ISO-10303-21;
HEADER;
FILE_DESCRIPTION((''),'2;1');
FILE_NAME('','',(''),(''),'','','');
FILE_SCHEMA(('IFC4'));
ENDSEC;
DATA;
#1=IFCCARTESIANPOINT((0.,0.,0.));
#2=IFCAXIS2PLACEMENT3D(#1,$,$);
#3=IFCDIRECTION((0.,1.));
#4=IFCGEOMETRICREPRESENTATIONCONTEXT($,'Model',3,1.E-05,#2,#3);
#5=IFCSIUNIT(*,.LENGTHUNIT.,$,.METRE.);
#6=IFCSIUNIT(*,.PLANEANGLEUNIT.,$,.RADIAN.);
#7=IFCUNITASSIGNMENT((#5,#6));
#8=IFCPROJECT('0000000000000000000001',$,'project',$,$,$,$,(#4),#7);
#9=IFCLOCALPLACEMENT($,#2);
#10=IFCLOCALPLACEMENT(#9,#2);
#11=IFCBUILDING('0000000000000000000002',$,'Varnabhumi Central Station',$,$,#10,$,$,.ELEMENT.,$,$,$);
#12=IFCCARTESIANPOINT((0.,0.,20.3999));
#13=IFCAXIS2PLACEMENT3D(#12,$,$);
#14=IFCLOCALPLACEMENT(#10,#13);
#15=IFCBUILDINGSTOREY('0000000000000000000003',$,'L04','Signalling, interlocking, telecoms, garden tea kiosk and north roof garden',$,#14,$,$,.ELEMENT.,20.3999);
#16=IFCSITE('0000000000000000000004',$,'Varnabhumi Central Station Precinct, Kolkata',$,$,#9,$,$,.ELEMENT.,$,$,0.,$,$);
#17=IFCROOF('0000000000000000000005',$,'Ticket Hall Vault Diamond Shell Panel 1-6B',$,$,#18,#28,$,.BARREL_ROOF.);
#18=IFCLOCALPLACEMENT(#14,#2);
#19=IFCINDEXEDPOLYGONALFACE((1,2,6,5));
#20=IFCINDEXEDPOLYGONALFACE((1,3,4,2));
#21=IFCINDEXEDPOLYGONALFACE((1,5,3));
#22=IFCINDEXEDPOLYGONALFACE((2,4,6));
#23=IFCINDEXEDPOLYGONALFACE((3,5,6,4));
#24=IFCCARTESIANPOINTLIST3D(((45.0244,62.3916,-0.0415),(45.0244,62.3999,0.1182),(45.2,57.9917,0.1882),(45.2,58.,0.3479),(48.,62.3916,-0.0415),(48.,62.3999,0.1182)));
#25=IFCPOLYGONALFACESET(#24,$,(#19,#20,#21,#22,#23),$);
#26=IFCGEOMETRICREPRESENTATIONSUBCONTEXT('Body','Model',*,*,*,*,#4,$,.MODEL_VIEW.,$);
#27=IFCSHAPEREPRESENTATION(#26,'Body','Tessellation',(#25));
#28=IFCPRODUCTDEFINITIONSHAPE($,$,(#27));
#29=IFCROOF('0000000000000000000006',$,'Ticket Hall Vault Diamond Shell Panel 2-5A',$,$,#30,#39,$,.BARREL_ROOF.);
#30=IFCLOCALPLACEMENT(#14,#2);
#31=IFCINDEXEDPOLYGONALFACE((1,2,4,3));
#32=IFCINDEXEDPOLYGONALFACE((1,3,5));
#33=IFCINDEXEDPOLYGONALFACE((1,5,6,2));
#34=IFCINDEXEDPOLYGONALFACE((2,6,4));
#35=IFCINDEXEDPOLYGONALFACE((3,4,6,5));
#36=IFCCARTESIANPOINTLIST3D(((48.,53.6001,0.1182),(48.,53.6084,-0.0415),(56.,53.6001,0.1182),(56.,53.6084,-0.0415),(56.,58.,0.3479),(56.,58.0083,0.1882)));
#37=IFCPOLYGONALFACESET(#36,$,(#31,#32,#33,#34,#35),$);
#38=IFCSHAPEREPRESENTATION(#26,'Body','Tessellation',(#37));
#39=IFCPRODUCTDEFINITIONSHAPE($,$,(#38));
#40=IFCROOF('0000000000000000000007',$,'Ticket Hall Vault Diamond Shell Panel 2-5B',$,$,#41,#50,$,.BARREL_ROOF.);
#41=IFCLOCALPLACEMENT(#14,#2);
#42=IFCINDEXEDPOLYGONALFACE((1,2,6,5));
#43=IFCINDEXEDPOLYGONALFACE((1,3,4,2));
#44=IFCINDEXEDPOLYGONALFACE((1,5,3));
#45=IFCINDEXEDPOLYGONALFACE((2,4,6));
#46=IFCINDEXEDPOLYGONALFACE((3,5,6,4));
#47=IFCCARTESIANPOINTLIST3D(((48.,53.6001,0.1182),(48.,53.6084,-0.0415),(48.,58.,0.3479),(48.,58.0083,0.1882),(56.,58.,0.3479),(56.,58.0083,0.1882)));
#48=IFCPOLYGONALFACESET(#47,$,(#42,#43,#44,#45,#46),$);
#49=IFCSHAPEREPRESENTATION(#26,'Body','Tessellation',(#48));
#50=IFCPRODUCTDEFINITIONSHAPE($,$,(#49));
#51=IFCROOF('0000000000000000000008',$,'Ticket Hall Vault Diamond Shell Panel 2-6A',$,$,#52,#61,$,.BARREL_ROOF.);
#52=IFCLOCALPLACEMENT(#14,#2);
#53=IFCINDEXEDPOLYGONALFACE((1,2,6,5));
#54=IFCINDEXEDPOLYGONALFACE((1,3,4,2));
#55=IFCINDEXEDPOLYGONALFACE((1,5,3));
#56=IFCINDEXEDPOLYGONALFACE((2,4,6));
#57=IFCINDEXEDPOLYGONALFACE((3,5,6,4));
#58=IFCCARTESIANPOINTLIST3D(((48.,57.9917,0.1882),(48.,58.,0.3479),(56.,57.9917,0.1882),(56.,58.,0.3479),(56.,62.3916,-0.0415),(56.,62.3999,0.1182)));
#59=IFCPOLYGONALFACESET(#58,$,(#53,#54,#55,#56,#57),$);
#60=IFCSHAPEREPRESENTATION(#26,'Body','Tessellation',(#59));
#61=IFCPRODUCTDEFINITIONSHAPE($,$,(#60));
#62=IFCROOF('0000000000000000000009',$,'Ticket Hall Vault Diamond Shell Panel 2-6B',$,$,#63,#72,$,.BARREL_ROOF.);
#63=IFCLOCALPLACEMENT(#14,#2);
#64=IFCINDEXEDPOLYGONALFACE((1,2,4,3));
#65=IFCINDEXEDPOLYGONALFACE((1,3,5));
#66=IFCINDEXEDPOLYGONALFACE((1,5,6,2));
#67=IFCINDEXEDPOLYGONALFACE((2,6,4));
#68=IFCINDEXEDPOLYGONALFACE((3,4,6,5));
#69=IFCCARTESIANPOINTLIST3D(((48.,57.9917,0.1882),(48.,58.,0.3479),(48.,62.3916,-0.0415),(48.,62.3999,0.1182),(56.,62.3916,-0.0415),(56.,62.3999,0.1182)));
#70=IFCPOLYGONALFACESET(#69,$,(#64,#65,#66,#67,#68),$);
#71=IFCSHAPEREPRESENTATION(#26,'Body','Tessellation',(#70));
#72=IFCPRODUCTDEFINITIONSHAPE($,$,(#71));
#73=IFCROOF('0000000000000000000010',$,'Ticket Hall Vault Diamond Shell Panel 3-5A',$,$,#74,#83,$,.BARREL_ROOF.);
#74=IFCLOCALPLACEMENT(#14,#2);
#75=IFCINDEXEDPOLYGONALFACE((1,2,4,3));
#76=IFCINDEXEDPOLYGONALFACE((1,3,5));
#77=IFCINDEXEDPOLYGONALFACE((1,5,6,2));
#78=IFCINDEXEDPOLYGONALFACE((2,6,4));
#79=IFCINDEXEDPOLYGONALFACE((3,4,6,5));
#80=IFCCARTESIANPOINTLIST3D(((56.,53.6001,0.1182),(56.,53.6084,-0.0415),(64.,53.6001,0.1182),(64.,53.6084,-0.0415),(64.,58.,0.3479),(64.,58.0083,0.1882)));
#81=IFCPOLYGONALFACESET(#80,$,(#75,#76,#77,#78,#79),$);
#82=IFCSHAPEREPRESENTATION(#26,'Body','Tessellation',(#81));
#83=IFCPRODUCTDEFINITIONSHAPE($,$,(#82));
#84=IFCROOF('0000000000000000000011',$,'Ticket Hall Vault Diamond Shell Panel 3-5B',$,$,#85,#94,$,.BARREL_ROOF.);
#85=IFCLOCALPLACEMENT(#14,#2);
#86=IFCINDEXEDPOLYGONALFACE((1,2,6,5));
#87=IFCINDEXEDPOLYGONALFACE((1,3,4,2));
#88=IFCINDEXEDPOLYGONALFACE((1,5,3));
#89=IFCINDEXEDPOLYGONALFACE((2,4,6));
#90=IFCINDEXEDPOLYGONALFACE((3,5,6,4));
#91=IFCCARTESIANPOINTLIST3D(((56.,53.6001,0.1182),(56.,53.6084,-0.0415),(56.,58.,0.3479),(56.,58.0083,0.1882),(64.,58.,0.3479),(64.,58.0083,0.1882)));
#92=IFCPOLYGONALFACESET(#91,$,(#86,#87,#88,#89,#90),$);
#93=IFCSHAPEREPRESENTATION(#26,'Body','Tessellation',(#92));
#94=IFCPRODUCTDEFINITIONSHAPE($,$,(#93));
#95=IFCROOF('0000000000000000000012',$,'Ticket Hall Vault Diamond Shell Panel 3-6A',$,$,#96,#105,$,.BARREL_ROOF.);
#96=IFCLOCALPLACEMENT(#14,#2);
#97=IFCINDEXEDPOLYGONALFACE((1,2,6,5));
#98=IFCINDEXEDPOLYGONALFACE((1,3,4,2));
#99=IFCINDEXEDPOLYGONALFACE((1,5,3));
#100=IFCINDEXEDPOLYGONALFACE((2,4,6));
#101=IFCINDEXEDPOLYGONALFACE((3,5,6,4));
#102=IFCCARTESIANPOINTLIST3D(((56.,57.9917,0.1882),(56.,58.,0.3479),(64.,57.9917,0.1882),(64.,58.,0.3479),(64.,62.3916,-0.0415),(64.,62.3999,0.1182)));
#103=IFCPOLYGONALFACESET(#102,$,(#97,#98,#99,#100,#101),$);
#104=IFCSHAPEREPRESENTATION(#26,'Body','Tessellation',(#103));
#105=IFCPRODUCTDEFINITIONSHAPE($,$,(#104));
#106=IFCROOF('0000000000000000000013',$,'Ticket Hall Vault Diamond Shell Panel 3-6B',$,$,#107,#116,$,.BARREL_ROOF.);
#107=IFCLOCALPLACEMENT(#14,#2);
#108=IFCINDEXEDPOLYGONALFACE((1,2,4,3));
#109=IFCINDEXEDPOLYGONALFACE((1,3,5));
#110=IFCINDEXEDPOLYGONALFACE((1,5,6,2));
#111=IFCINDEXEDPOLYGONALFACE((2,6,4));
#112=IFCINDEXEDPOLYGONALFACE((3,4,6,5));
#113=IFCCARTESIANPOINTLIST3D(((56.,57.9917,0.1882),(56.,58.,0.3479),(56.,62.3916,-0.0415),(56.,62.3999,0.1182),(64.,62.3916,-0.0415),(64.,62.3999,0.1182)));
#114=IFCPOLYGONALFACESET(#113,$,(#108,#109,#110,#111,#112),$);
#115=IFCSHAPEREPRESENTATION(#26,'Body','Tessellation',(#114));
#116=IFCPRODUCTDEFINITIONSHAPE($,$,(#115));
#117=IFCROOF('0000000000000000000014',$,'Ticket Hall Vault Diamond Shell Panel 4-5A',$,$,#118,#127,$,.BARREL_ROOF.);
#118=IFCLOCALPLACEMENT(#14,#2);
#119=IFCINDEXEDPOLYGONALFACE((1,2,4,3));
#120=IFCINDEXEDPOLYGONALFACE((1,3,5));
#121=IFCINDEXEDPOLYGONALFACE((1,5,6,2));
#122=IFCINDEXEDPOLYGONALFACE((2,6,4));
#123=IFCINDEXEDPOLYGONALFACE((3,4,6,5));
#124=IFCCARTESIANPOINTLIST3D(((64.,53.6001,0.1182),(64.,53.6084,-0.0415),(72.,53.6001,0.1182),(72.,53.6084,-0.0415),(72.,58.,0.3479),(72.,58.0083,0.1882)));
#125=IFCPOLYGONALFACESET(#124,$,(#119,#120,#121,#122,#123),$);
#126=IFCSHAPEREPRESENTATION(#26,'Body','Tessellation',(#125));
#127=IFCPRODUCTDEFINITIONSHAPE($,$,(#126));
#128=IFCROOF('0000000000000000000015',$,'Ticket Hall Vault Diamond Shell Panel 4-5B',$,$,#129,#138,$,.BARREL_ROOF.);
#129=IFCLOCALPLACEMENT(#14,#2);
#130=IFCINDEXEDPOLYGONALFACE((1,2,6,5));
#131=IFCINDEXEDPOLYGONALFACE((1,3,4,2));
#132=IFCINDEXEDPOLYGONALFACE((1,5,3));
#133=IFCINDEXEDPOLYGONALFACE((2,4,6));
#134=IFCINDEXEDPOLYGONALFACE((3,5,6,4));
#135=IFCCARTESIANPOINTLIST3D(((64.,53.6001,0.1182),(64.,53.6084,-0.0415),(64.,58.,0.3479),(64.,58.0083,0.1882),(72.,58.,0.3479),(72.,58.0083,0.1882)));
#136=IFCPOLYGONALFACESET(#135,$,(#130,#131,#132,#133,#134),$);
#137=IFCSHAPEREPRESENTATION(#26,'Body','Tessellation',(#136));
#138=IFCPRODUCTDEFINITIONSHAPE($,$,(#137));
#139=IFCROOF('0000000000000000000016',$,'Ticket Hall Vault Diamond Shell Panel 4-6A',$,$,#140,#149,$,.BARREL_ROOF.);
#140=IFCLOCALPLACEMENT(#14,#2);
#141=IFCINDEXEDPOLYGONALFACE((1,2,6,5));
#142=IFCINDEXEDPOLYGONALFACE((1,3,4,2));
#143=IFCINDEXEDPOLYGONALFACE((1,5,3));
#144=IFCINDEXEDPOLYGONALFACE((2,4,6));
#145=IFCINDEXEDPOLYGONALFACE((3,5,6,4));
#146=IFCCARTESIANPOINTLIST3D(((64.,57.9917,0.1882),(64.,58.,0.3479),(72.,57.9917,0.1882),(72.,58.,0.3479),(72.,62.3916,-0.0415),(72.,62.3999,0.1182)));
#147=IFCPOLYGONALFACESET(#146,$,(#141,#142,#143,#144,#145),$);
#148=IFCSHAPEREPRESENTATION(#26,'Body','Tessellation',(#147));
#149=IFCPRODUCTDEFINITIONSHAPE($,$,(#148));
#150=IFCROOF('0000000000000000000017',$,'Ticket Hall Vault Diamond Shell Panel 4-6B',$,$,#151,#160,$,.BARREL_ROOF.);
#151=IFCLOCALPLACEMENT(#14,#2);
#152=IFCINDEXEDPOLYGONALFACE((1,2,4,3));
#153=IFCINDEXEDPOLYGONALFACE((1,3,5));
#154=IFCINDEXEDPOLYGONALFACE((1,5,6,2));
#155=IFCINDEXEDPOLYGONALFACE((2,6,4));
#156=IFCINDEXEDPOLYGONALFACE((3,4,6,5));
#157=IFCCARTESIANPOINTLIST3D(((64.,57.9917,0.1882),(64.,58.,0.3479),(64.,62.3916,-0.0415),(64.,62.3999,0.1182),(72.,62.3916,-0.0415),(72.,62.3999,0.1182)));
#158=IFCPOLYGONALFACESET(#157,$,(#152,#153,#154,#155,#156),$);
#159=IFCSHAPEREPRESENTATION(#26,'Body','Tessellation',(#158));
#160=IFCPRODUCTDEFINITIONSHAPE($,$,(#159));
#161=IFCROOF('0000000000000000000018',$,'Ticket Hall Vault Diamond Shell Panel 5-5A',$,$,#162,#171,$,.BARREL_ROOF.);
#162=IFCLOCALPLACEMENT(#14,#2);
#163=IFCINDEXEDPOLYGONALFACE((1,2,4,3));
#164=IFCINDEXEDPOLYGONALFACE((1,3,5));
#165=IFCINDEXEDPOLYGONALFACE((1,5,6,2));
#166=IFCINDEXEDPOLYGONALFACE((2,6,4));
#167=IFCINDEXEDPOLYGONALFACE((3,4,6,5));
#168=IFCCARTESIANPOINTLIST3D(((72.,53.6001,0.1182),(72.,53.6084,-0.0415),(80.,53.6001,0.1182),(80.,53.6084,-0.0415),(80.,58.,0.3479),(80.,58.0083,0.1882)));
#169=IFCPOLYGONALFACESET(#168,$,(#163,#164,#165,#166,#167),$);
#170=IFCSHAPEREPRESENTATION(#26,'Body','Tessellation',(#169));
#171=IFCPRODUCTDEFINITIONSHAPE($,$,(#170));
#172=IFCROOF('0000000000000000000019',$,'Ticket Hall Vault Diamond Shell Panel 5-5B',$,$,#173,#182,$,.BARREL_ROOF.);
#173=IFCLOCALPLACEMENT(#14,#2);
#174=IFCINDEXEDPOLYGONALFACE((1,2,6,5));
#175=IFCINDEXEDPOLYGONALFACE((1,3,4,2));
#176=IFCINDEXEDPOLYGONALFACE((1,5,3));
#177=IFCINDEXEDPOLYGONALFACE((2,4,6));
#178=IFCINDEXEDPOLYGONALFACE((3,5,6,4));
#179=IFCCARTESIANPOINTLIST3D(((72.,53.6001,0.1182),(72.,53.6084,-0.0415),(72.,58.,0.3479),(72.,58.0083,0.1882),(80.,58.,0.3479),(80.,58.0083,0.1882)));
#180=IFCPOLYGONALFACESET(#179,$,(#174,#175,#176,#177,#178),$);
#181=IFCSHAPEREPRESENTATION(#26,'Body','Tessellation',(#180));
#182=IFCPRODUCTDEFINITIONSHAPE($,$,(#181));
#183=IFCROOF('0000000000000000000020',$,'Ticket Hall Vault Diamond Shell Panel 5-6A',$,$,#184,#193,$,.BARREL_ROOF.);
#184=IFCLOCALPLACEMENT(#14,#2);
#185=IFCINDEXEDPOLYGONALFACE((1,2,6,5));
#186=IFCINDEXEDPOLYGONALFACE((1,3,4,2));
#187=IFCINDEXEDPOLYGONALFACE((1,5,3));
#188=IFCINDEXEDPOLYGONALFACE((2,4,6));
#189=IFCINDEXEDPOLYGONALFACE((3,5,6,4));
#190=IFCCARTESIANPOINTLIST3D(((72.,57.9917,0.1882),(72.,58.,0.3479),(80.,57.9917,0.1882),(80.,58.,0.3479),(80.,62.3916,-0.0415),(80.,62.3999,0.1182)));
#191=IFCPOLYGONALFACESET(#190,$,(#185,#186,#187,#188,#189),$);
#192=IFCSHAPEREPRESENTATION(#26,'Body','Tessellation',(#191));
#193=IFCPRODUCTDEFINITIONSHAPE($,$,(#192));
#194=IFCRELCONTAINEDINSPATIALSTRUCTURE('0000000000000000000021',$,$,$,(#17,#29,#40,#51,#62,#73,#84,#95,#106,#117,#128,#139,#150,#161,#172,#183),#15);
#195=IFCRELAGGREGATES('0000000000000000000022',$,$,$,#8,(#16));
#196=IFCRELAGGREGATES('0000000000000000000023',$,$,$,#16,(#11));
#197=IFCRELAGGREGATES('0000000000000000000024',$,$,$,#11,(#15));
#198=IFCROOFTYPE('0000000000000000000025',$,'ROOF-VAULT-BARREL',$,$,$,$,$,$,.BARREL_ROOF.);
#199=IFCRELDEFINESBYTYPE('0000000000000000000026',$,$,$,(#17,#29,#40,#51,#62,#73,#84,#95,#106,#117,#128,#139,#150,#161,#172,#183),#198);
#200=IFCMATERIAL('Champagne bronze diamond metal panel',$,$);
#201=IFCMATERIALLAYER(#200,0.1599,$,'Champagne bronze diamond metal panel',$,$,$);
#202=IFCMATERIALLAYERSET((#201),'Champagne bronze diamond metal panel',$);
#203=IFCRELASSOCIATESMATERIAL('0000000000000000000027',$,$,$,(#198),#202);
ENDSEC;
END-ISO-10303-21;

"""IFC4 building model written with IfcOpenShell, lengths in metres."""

from ifc_helpers import new_model, si_unit, direction, frame, origin, place, context, subcontext, project, spatial, polyline, outline, extrude, material, layer, layer_set, type_object, element, save


model = new_model("IFC4")

# Units and contexts
model_context = context("Model", 3, precision=1e-05, world=origin(), true_north=direction((0.0, 1.0)))
body_context = subcontext(model_context, "Body", "Model", "MODEL_VIEW")
ifc_project = project(units=[si_unit("LENGTHUNIT", "METRE"), si_unit("PLANEANGLEUNIT", "RADIAN")], contexts=[model_context])

# Site, building, storey
site_placement = place(None, origin())
site = spatial("IfcSite", under=ifc_project, at=site_placement, Name="Varnabhumi Central Station Precinct, Kolkata", CompositionType="ELEMENT", RefElevation=0.0)
building_placement = place(site_placement, origin())
building = spatial("IfcBuilding", under=site, at=building_placement, Name="Varnabhumi Central Station", CompositionType="ELEMENT")
storey_placement = place(building_placement, frame((0.0, 0.0, 20.3999)))
storey = spatial("IfcBuildingStorey", under=building, at=storey_placement, Name="L04", Description="Signalling, interlocking, telecoms, garden tea kiosk and north roof garden", CompositionType="ELEMENT", Elevation=20.3999)

# Roofs
ifc_material_1 = material(Name="Champagne bronze diamond metal panel")
ifc_layer_1 = layer(ifc_material_1, 0.1599, Name="Champagne bronze diamond metal panel")
ifc_layer_set_1 = layer_set([ifc_layer_1], Name="Champagne bronze diamond metal panel")
roof_type_1 = type_object("IfcRoofType", Name="ROOF-VAULT-BARREL", PredefinedType="BARREL_ROOF", material=ifc_layer_set_1)
roof_1_placement = place(storey_placement, frame((45.2, 58.0, 0.3479), z_axis=(0.0, 0.052143, 0.99864), x_axis=(0.53637, 0.842835, -0.044008)))
element("IfcRoof", 1, at=roof_1_placement, inside=storey, type_object=roof_type_1, Name="Ticket Hall Vault Diamond Shell Panel 1-6B", PredefinedType="BARREL_ROOF", context=body_context, shape_type="SweptSolid", body=[
    extrude(outline(polyline([(0.0, 0.0), (5.2204, 0.0), (3.6243, 2.5113), (0.0, 0.0)])), origin(), (0.0, 0.0, -1.0), 0.1599),
])
roof_2_placement = place(storey_placement, frame((48.0, 53.6001, 0.1182), z_axis=(0.0, -0.052143, 0.99864), x_axis=(1.0, 0.0, 0.0)))
element("IfcRoof", 2, at=roof_2_placement, inside=storey, type_object=roof_type_1, Name="Ticket Hall Vault Diamond Shell Panel 2-5A", PredefinedType="BARREL_ROOF", context=body_context, shape_type="SweptSolid", body=[
    extrude(outline(polyline([(0.0, 0.0), (8.0, 0.0), (8.0, 4.4059), (0.0, 0.0)])), origin(), (0.0, 0.0, -1.0), 0.1599),
])
roof_3_placement = place(storey_placement, frame((48.0, 53.6001, 0.1182), z_axis=(0.0, -0.052143, 0.99864), x_axis=(0.875943, 0.481758, 0.025154)))
element("IfcRoof", 3, at=roof_3_placement, inside=storey, type_object=roof_type_1, Name="Ticket Hall Vault Diamond Shell Panel 2-5B", PredefinedType="BARREL_ROOF", context=body_context, shape_type="SweptSolid", body=[
    extrude(outline(polyline([(0.0, 0.0), (9.133, 0.0), (2.1255, 3.8593), (0.0, 0.0)])), origin(), (0.0, 0.0, -1.0), 0.1599),
])
roof_4_placement = place(storey_placement, frame((48.0, 58.0, 0.3479), z_axis=(0.0, 0.052143, 0.99864), x_axis=(1.0, 0.0, 0.0)))
element("IfcRoof", 4, at=roof_4_placement, inside=storey, type_object=roof_type_1, Name="Ticket Hall Vault Diamond Shell Panel 2-6A", PredefinedType="BARREL_ROOF", context=body_context, shape_type="SweptSolid", body=[
    extrude(outline(polyline([(0.0, 0.0), (8.0, 0.0), (8.0, 4.4059), (0.0, 0.0)])), origin(), (0.0, 0.0, -1.0), 0.1599),
])
roof_5_placement = place(storey_placement, frame((48.0, 58.0, 0.3479), z_axis=(0.0, 0.052143, 0.99864), x_axis=(0.875943, 0.481758, -0.025154)))
element("IfcRoof", 5, at=roof_5_placement, inside=storey, type_object=roof_type_1, Name="Ticket Hall Vault Diamond Shell Panel 2-6B", PredefinedType="BARREL_ROOF", context=body_context, shape_type="SweptSolid", body=[
    extrude(outline(polyline([(0.0, 0.0), (9.133, 0.0), (2.1255, 3.8593), (0.0, 0.0)])), origin(), (0.0, 0.0, -1.0), 0.1599),
])
roof_6_placement = place(storey_placement, frame((56.0, 53.6001, 0.1182), z_axis=(0.0, -0.052143, 0.99864), x_axis=(1.0, 0.0, 0.0)))
element("IfcRoof", 6, at=roof_6_placement, inside=storey, type_object=roof_type_1, Name="Ticket Hall Vault Diamond Shell Panel 3-5A", PredefinedType="BARREL_ROOF", context=body_context, shape_type="SweptSolid", body=[
    extrude(outline(polyline([(0.0, 0.0), (8.0, 0.0), (8.0, 4.4059), (0.0, 0.0)])), origin(), (0.0, 0.0, -1.0), 0.1599),
])
roof_7_placement = place(storey_placement, frame((56.0, 53.6001, 0.1182), z_axis=(0.0, -0.052143, 0.99864), x_axis=(0.875943, 0.481758, 0.025154)))
element("IfcRoof", 7, at=roof_7_placement, inside=storey, type_object=roof_type_1, Name="Ticket Hall Vault Diamond Shell Panel 3-5B", PredefinedType="BARREL_ROOF", context=body_context, shape_type="SweptSolid", body=[
    extrude(outline(polyline([(0.0, 0.0), (9.133, 0.0), (2.1255, 3.8593), (0.0, 0.0)])), origin(), (0.0, 0.0, -1.0), 0.1599),
])
roof_8_placement = place(storey_placement, frame((56.0, 58.0, 0.3479), z_axis=(0.0, 0.052143, 0.99864), x_axis=(1.0, 0.0, 0.0)))
element("IfcRoof", 8, at=roof_8_placement, inside=storey, type_object=roof_type_1, Name="Ticket Hall Vault Diamond Shell Panel 3-6A", PredefinedType="BARREL_ROOF", context=body_context, shape_type="SweptSolid", body=[
    extrude(outline(polyline([(0.0, 0.0), (8.0, 0.0), (8.0, 4.4059), (0.0, 0.0)])), origin(), (0.0, 0.0, -1.0), 0.1599),
])
roof_9_placement = place(storey_placement, frame((56.0, 58.0, 0.3479), z_axis=(0.0, 0.052143, 0.99864), x_axis=(0.875943, 0.481758, -0.025154)))
element("IfcRoof", 9, at=roof_9_placement, inside=storey, type_object=roof_type_1, Name="Ticket Hall Vault Diamond Shell Panel 3-6B", PredefinedType="BARREL_ROOF", context=body_context, shape_type="SweptSolid", body=[
    extrude(outline(polyline([(0.0, 0.0), (9.133, 0.0), (2.1255, 3.8593), (0.0, 0.0)])), origin(), (0.0, 0.0, -1.0), 0.1599),
])
roof_10_placement = place(storey_placement, frame((64.0, 53.6001, 0.1182), z_axis=(0.0, -0.052143, 0.99864), x_axis=(1.0, 0.0, 0.0)))
element("IfcRoof", 10, at=roof_10_placement, inside=storey, type_object=roof_type_1, Name="Ticket Hall Vault Diamond Shell Panel 4-5A", PredefinedType="BARREL_ROOF", context=body_context, shape_type="SweptSolid", body=[
    extrude(outline(polyline([(0.0, 0.0), (8.0, 0.0), (8.0, 4.4059), (0.0, 0.0)])), origin(), (0.0, 0.0, -1.0), 0.1599),
])
roof_11_placement = place(storey_placement, frame((64.0, 53.6001, 0.1182), z_axis=(0.0, -0.052143, 0.99864), x_axis=(0.875943, 0.481758, 0.025154)))
element("IfcRoof", 11, at=roof_11_placement, inside=storey, type_object=roof_type_1, Name="Ticket Hall Vault Diamond Shell Panel 4-5B", PredefinedType="BARREL_ROOF", context=body_context, shape_type="SweptSolid", body=[
    extrude(outline(polyline([(0.0, 0.0), (9.133, 0.0), (2.1255, 3.8593), (0.0, 0.0)])), origin(), (0.0, 0.0, -1.0), 0.1599),
])
roof_12_placement = place(storey_placement, frame((64.0, 58.0, 0.3479), z_axis=(0.0, 0.052143, 0.99864), x_axis=(1.0, 0.0, 0.0)))
element("IfcRoof", 12, at=roof_12_placement, inside=storey, type_object=roof_type_1, Name="Ticket Hall Vault Diamond Shell Panel 4-6A", PredefinedType="BARREL_ROOF", context=body_context, shape_type="SweptSolid", body=[
    extrude(outline(polyline([(0.0, 0.0), (8.0, 0.0), (8.0, 4.4059), (0.0, 0.0)])), origin(), (0.0, 0.0, -1.0), 0.1599),
])
roof_13_placement = place(storey_placement, frame((64.0, 58.0, 0.3479), z_axis=(0.0, 0.052143, 0.99864), x_axis=(0.875943, 0.481758, -0.025154)))
element("IfcRoof", 13, at=roof_13_placement, inside=storey, type_object=roof_type_1, Name="Ticket Hall Vault Diamond Shell Panel 4-6B", PredefinedType="BARREL_ROOF", context=body_context, shape_type="SweptSolid", body=[
    extrude(outline(polyline([(0.0, 0.0), (9.133, 0.0), (2.1255, 3.8593), (0.0, 0.0)])), origin(), (0.0, 0.0, -1.0), 0.1599),
])
roof_14_placement = place(storey_placement, frame((72.0, 53.6001, 0.1182), z_axis=(0.0, -0.052143, 0.99864), x_axis=(1.0, 0.0, 0.0)))
element("IfcRoof", 14, at=roof_14_placement, inside=storey, type_object=roof_type_1, Name="Ticket Hall Vault Diamond Shell Panel 5-5A", PredefinedType="BARREL_ROOF", context=body_context, shape_type="SweptSolid", body=[
    extrude(outline(polyline([(0.0, 0.0), (8.0, 0.0), (8.0, 4.4059), (0.0, 0.0)])), origin(), (0.0, 0.0, -1.0), 0.1599),
])
roof_15_placement = place(storey_placement, frame((72.0, 53.6001, 0.1182), z_axis=(0.0, -0.052143, 0.99864), x_axis=(0.875943, 0.481758, 0.025154)))
element("IfcRoof", 15, at=roof_15_placement, inside=storey, type_object=roof_type_1, Name="Ticket Hall Vault Diamond Shell Panel 5-5B", PredefinedType="BARREL_ROOF", context=body_context, shape_type="SweptSolid", body=[
    extrude(outline(polyline([(0.0, 0.0), (9.133, 0.0), (2.1255, 3.8593), (0.0, 0.0)])), origin(), (0.0, 0.0, -1.0), 0.1599),
])
roof_16_placement = place(storey_placement, frame((72.0, 58.0, 0.3479), z_axis=(0.0, 0.052143, 0.99864), x_axis=(1.0, 0.0, 0.0)))
element("IfcRoof", 16, at=roof_16_placement, inside=storey, type_object=roof_type_1, Name="Ticket Hall Vault Diamond Shell Panel 5-6A", PredefinedType="BARREL_ROOF", context=body_context, shape_type="SweptSolid", body=[
    extrude(outline(polyline([(0.0, 0.0), (8.0, 0.0), (8.0, 4.4059), (0.0, 0.0)])), origin(), (0.0, 0.0, -1.0), 0.1599),
])

save(model, "model.ifc")
